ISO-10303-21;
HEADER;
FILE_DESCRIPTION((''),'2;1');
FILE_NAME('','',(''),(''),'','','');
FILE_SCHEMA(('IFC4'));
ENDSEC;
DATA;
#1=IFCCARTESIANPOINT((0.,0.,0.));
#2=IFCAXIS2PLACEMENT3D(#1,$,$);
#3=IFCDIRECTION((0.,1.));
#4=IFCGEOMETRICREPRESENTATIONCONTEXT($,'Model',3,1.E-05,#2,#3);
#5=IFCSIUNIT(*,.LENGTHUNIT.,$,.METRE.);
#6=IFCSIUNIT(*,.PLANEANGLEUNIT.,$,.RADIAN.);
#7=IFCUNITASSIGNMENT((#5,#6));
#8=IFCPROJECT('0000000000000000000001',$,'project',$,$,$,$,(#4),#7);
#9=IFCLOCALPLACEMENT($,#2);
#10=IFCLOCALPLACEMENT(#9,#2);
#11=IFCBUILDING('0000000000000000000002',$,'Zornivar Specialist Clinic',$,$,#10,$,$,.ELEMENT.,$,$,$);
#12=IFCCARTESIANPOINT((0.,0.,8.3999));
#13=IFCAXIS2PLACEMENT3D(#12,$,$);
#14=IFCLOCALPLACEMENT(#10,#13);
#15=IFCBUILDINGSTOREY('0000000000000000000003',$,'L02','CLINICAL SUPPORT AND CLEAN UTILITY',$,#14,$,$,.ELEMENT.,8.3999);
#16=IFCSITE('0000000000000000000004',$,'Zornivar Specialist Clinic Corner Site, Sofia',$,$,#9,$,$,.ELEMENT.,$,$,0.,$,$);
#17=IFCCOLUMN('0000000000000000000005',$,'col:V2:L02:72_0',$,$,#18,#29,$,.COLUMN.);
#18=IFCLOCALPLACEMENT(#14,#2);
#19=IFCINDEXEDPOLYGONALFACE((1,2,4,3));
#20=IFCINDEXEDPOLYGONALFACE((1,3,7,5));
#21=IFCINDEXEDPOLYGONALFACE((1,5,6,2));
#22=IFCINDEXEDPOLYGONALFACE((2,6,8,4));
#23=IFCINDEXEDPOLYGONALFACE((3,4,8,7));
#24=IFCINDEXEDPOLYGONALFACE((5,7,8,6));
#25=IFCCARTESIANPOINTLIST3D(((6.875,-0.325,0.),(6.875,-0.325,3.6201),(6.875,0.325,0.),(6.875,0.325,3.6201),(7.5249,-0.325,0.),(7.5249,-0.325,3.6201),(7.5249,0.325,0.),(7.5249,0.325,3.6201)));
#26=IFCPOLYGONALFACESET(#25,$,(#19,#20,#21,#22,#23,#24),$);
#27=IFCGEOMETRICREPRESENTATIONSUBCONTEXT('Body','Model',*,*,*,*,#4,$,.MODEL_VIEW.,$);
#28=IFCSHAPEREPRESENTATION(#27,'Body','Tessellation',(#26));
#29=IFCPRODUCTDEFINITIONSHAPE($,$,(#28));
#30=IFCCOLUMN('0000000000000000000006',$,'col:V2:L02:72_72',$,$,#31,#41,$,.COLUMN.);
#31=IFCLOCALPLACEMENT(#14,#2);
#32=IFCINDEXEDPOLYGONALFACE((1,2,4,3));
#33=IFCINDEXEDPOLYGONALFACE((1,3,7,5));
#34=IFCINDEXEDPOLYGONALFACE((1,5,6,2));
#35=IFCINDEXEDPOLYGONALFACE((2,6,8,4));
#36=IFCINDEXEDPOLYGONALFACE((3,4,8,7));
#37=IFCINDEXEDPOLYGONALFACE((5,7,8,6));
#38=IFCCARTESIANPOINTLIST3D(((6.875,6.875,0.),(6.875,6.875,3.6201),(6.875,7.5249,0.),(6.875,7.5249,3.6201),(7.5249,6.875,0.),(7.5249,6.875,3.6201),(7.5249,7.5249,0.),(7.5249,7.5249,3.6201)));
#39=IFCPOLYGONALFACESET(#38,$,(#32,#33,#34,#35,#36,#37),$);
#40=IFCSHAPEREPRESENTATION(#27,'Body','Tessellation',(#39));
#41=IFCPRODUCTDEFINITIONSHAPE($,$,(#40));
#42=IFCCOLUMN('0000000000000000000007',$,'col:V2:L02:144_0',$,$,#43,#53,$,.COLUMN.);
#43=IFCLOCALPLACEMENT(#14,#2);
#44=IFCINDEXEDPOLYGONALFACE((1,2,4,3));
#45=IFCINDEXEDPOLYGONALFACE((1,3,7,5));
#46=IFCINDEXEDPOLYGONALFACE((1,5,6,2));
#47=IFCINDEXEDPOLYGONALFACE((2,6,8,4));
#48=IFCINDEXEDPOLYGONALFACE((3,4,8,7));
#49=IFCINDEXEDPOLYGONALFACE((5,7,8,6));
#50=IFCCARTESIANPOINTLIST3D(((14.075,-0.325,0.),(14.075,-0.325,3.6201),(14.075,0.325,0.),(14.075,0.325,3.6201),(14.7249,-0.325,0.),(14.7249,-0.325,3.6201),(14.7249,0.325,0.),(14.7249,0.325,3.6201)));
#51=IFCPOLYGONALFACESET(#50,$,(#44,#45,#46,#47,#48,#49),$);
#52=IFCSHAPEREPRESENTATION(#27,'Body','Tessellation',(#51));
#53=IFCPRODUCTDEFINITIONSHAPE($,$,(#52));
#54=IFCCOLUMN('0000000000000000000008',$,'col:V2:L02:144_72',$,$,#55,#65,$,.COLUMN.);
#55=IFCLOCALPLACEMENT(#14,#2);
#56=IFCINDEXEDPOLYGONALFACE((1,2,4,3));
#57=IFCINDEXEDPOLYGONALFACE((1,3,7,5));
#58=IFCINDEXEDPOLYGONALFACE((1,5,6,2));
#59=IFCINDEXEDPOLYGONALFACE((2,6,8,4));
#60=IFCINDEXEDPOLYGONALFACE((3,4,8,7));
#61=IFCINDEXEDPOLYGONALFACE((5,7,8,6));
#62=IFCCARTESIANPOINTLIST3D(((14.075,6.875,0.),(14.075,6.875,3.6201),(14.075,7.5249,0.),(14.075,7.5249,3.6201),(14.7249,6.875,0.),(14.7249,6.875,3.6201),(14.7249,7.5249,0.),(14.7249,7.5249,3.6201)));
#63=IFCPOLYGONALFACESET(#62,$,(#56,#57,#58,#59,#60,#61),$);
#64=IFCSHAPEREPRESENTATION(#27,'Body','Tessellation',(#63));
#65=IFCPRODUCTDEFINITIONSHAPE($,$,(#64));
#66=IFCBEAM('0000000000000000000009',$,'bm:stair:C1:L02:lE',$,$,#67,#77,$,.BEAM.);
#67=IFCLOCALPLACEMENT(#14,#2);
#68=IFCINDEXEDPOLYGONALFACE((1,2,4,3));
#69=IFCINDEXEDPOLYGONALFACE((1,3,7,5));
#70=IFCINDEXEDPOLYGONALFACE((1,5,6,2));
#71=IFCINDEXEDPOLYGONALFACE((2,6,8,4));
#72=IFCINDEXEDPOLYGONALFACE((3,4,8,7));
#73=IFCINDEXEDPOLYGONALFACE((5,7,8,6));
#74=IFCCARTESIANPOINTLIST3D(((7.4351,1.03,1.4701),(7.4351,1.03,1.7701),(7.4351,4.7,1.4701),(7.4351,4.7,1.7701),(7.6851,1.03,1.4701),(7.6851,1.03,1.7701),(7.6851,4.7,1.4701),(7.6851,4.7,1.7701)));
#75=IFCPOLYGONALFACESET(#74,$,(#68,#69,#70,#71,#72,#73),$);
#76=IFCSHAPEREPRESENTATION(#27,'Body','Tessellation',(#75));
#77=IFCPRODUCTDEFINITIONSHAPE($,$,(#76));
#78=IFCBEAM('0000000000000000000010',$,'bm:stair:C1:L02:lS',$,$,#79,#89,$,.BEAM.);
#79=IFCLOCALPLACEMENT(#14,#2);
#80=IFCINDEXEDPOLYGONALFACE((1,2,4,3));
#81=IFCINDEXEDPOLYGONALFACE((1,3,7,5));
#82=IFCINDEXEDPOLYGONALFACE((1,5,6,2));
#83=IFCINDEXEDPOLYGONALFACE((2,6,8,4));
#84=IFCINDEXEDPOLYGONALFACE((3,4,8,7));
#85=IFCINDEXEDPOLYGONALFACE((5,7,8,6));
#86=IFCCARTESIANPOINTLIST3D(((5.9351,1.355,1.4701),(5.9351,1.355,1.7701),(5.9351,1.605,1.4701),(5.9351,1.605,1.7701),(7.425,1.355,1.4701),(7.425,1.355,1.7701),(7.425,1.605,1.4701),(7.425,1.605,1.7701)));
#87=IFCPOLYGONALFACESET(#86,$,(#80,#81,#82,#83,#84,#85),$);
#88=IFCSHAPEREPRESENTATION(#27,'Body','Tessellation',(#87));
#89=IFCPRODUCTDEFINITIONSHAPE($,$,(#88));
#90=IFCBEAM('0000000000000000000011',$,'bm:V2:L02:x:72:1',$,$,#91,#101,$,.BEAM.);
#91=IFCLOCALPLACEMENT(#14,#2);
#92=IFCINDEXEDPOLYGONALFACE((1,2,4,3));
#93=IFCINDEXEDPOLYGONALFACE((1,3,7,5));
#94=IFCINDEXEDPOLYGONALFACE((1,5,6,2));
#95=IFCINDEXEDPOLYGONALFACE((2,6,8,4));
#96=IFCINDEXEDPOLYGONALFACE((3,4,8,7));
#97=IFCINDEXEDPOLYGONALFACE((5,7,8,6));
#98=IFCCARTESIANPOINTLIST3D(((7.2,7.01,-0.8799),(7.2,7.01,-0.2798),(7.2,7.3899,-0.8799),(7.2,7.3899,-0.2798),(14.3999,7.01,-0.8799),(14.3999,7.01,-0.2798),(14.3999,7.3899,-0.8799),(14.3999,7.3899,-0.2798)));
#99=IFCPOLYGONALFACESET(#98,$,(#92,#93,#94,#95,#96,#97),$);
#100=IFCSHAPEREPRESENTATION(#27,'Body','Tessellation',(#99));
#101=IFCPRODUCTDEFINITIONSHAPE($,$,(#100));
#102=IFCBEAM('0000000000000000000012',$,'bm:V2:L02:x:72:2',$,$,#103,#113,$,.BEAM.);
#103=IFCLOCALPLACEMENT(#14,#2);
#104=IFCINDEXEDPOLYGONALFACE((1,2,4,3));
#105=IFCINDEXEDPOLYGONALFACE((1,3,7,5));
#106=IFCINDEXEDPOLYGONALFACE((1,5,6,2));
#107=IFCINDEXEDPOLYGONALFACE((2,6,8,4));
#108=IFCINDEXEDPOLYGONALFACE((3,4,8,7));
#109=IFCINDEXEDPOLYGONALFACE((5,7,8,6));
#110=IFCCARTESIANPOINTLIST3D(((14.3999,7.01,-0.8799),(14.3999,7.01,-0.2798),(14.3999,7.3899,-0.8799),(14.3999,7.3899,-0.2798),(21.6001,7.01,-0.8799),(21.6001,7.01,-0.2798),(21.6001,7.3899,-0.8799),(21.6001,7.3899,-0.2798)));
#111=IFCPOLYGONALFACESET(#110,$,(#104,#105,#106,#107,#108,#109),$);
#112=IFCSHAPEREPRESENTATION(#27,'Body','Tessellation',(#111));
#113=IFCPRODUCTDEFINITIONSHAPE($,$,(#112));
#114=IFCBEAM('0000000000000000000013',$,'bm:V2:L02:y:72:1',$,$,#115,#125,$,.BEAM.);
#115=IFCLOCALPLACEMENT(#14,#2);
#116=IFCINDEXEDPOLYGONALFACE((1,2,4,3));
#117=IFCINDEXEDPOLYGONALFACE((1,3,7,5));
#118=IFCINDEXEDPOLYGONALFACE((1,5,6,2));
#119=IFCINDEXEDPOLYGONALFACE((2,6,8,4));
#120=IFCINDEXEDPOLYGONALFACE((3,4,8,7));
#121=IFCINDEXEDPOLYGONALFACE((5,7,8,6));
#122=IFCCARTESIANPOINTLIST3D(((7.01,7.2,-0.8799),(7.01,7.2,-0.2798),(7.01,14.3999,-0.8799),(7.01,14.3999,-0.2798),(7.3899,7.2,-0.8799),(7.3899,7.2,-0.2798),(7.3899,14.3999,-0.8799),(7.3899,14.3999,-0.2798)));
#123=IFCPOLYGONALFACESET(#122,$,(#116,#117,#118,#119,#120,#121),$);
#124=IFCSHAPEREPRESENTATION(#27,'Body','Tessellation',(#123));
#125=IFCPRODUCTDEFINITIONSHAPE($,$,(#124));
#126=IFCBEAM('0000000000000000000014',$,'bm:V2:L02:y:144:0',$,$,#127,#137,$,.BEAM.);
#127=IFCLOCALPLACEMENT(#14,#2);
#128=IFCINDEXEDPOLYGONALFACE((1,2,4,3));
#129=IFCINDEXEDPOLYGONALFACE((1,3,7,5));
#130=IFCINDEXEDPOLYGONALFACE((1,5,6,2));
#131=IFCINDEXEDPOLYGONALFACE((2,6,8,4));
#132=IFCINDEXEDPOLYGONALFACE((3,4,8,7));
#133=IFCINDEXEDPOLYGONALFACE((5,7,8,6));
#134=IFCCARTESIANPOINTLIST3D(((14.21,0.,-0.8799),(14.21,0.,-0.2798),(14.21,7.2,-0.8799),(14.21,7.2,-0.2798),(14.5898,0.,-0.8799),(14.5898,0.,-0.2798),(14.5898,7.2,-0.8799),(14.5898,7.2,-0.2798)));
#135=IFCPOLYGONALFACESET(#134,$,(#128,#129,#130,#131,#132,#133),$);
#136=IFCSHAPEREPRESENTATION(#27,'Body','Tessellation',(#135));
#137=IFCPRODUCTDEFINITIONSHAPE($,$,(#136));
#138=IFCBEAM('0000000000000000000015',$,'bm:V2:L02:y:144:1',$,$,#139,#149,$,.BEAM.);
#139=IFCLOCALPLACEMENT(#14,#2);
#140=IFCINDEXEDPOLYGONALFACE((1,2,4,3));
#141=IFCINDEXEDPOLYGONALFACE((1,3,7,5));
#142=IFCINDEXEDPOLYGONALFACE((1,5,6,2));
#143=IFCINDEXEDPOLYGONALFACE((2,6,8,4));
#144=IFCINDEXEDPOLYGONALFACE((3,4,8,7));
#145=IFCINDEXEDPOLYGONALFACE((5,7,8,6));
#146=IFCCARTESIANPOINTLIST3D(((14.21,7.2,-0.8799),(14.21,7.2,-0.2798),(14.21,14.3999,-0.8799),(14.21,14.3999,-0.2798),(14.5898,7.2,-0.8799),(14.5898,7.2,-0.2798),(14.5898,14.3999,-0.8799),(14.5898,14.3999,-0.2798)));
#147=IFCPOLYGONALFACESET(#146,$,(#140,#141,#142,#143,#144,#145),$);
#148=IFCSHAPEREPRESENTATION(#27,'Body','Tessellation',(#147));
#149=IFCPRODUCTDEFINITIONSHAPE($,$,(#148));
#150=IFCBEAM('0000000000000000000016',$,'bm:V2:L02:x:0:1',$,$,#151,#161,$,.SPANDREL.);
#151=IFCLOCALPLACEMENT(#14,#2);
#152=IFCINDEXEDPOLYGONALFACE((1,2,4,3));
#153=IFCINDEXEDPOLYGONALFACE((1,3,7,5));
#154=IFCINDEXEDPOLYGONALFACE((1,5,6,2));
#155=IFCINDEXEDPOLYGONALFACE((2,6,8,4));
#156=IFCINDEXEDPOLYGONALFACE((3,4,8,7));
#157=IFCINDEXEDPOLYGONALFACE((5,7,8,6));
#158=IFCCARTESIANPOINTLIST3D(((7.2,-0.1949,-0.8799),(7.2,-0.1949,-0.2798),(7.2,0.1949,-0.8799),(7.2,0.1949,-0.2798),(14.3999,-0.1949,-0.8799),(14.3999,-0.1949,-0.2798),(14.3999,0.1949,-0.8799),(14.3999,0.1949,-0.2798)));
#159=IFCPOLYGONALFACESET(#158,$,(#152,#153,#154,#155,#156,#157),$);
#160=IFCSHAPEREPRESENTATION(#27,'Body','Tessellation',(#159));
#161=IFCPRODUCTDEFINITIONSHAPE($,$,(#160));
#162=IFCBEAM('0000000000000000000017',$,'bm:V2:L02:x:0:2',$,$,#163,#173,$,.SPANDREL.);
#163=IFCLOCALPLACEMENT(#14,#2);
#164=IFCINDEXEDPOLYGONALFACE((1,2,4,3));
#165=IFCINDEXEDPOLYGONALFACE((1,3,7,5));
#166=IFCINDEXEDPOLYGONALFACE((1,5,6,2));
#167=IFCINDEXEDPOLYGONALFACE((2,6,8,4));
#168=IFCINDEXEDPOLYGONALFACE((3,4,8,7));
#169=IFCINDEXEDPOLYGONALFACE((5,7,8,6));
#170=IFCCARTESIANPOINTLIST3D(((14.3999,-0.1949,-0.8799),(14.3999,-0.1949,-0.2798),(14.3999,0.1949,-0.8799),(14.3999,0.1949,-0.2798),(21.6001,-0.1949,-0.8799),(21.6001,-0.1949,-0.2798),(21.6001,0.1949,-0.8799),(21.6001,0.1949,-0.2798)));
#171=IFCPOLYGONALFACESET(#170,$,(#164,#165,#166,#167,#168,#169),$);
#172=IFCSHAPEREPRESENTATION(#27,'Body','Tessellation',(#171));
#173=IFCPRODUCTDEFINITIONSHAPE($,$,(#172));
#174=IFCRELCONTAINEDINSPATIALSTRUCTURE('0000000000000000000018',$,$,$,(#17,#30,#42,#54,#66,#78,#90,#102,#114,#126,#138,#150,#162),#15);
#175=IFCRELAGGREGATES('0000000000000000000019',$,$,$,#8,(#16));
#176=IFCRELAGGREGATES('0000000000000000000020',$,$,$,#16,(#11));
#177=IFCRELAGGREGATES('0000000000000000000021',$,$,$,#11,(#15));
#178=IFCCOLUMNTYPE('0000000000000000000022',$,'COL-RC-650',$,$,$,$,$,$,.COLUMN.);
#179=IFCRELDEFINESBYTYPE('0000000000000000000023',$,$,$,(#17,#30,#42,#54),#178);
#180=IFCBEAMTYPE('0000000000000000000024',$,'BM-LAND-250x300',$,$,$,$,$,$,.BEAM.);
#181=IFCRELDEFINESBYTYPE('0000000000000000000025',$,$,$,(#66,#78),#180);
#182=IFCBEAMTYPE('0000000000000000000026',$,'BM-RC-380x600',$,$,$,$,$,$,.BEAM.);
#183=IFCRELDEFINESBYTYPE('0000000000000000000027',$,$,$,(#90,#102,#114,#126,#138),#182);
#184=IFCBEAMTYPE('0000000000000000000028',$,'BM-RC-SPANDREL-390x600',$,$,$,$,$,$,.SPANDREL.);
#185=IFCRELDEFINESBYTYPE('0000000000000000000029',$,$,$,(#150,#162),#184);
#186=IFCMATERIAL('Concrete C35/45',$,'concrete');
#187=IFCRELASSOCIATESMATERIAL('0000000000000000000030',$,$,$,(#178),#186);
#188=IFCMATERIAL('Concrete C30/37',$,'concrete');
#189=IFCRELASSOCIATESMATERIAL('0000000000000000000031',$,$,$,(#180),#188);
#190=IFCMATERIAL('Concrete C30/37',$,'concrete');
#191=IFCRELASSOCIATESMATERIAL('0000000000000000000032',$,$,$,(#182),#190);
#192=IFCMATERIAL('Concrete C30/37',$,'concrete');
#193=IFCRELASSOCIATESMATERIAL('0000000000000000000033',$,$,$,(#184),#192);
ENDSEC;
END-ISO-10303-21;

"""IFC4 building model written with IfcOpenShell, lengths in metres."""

from ifc_helpers import new_model, si_unit, direction, frame, origin, origin_2d, place, context, subcontext, project, spatial, rectangle, extrude, material, material_profile, profile_set, type_object, element, save


model = new_model("IFC4")

# Units and contexts
model_context = context("Model", 3, precision=1e-05, world=origin(), true_north=direction((0.0, 1.0)))
body_context = subcontext(model_context, "Body", "Model", "MODEL_VIEW")
ifc_project = project(units=[si_unit("LENGTHUNIT", "METRE"), si_unit("PLANEANGLEUNIT", "RADIAN")], contexts=[model_context])

# Site, building, storey
site_placement = place(None, origin())
site = spatial("IfcSite", under=ifc_project, at=site_placement, Name="Zornivar Specialist Clinic Corner Site, Sofia", CompositionType="ELEMENT", RefElevation=0.0)
building_placement = place(site_placement, origin())
building = spatial("IfcBuilding", under=site, at=building_placement, Name="Zornivar Specialist Clinic", CompositionType="ELEMENT")
storey_placement = place(building_placement, frame((0.0, 0.0, 8.3999)))
storey = spatial("IfcBuildingStorey", under=building, at=storey_placement, Name="L02", Description="CLINICAL SUPPORT AND CLEAN UTILITY", CompositionType="ELEMENT", Elevation=8.3999)

# Columns
ifc_material_1 = material(Name="Concrete C35/45", Category="concrete")
ifc_material_profile_1 = material_profile(ifc_material_1, rectangle(XDim=0.6499, YDim=0.6499, at=origin_2d()), Name="RC 650x650")
ifc_profile_set_1 = profile_set([ifc_material_profile_1], Name="Concrete C35/45")
column_type = type_object("IfcColumnType", Name="COL-RC-650", PredefinedType="COLUMN", material=ifc_profile_set_1)
for number, where, z_axis, x_axis, name in (
    (1, (7.2, 0.0, 0.0), (0.0, 0.0, 1.0), (1.0, 0.0, 0.0), "col:V2:L02:72_0"),
    (2, (7.2, 7.2, 0.0), (0.0, 0.0, 1.0), (1.0, 0.0, 0.0), "col:V2:L02:72_72"),
    (3, (14.3999, 0.0, 0.0), (0.0, 0.0, 1.0), (1.0, 0.0, 0.0), "col:V2:L02:144_0"),
    (4, (14.3999, 7.2, 0.0), (0.0, 0.0, 1.0), (1.0, 0.0, 0.0), "col:V2:L02:144_72"),
):
    element("IfcColumn", number, at=place(storey_placement, frame(where, z_axis=z_axis, x_axis=x_axis)), inside=storey, type_object=column_type, Name=name, PredefinedType="COLUMN", context=body_context, shape_type="SweptSolid", body=[
        extrude(rectangle(XDim=0.6499, YDim=0.6499, at=origin_2d()), origin(), (0.0, 0.0, 1.0), 3.6201),
    ])

# Beams
ifc_material_2 = material(Name="Concrete C30/37", Category="concrete")
ifc_material_profile_2 = material_profile(ifc_material_2, rectangle(XDim=0.25, YDim=0.3, at=origin_2d()), Name="RC 250x300")
ifc_profile_set_2 = profile_set([ifc_material_profile_2], Name="Concrete C30/37")
beam_type_1 = type_object("IfcBeamType", Name="BM-LAND-250x300", PredefinedType="BEAM", material=ifc_profile_set_2)
beam_1_placement = place(storey_placement, frame((7.5601, 1.03, 1.6201), z_axis=(0.0, 1.0, 0.0), x_axis=(-1.0, 0.0, 0.0)))
element("IfcBeam", 5, at=beam_1_placement, inside=storey, type_object=beam_type_1, Name="bm:stair:C1:L02:lE", PredefinedType="BEAM", context=body_context, shape_type="SweptSolid", body=[
    extrude(rectangle(XDim=0.25, YDim=0.3, at=origin_2d()), origin(), (0.0, 0.0, 1.0), 3.6699),
])
beam_2_placement = place(storey_placement, frame((5.9351, 1.48, 1.6201), z_axis=(1.0, 0.0, 0.0), x_axis=(0.0, 1.0, 0.0)))
element("IfcBeam", 6, at=beam_2_placement, inside=storey, type_object=beam_type_1, Name="bm:stair:C1:L02:lS", PredefinedType="BEAM", context=body_context, shape_type="SweptSolid", body=[
    extrude(rectangle(XDim=0.25, YDim=0.3, at=origin_2d()), origin(), (0.0, 0.0, 1.0), 1.49),
])
ifc_material_3 = material(Name="Concrete C30/37", Category="concrete")
ifc_material_profile_3 = material_profile(ifc_material_3, rectangle(XDim=0.3799, YDim=0.6001, at=origin_2d()), Name="RC 380x600")
ifc_profile_set_3 = profile_set([ifc_material_profile_3], Name="Concrete C30/37")
beam_type_2 = type_object("IfcBeamType", Name="BM-RC-380x600", PredefinedType="BEAM", material=ifc_profile_set_3)
beam_3_placement = place(storey_placement, frame((7.2, 7.2, -0.5798), z_axis=(1.0, 0.0, 0.0), x_axis=(0.0, 1.0, 0.0)))
element("IfcBeam", 7, at=beam_3_placement, inside=storey, type_object=beam_type_2, Name="bm:V2:L02:x:72:1", PredefinedType="BEAM", context=body_context, shape_type="SweptSolid", body=[
    extrude(rectangle(XDim=0.3799, YDim=0.6001, at=origin_2d()), origin(), (0.0, 0.0, 1.0), 7.2),
])
beam_4_placement = place(storey_placement, frame((14.3999, 7.2, -0.5798), z_axis=(1.0, 0.0, 0.0), x_axis=(0.0, 1.0, 0.0)))
element("IfcBeam", 8, at=beam_4_placement, inside=storey, type_object=beam_type_2, Name="bm:V2:L02:x:72:2", PredefinedType="BEAM", context=body_context, shape_type="SweptSolid", body=[
    extrude(rectangle(XDim=0.3799, YDim=0.6001, at=origin_2d()), origin(), (0.0, 0.0, 1.0), 7.2002),
])
for number, where, z_axis, x_axis, name in (
    (9, (7.2, 7.2, -0.5798), (0.0, 1.0, 0.0), (-1.0, 0.0, 0.0), "bm:V2:L02:y:72:1"),
    (10, (14.3999, 0.0, -0.5798), (0.0, 1.0, 0.0), (-1.0, 0.0, 0.0), "bm:V2:L02:y:144:0"),
    (11, (14.3999, 7.2, -0.5798), (0.0, 1.0, 0.0), (-1.0, 0.0, 0.0), "bm:V2:L02:y:144:1"),
):
    element("IfcBeam", number, at=place(storey_placement, frame(where, z_axis=z_axis, x_axis=x_axis)), inside=storey, type_object=beam_type_2, Name=name, PredefinedType="BEAM", context=body_context, shape_type="SweptSolid", body=[
        extrude(rectangle(XDim=0.3799, YDim=0.6001, at=origin_2d()), origin(), (0.0, 0.0, 1.0), 7.2),
    ])
ifc_material_4 = material(Name="Concrete C30/37", Category="concrete")
ifc_material_profile_4 = material_profile(ifc_material_4, rectangle(XDim=0.3899, YDim=0.6001, at=origin_2d()), Name="RC 390x600")
ifc_profile_set_4 = profile_set([ifc_material_profile_4], Name="Concrete C30/37")
beam_type_3 = type_object("IfcBeamType", Name="BM-RC-SPANDREL-390x600", PredefinedType="SPANDREL", material=ifc_profile_set_4)
beam_5_placement = place(storey_placement, frame((7.2, 0.0, -0.5798), z_axis=(1.0, 0.0, 0.0), x_axis=(0.0, 1.0, 0.0)))
element("IfcBeam", 12, at=beam_5_placement, inside=storey, type_object=beam_type_3, Name="bm:V2:L02:x:0:1", PredefinedType="SPANDREL", context=body_context, shape_type="SweptSolid", body=[
    extrude(rectangle(XDim=0.3899, YDim=0.6001, at=origin_2d()), origin(), (0.0, 0.0, 1.0), 7.2),
])
beam_6_placement = place(storey_placement, frame((14.3999, 0.0, -0.5798), z_axis=(1.0, 0.0, 0.0), x_axis=(0.0, 1.0, 0.0)))
element("IfcBeam", 13, at=beam_6_placement, inside=storey, type_object=beam_type_3, Name="bm:V2:L02:x:0:2", PredefinedType="SPANDREL", context=body_context, shape_type="SweptSolid", body=[
    extrude(rectangle(XDim=0.3899, YDim=0.6001, at=origin_2d()), origin(), (0.0, 0.0, 1.0), 7.2002),
])

save(model, "model.ifc")
